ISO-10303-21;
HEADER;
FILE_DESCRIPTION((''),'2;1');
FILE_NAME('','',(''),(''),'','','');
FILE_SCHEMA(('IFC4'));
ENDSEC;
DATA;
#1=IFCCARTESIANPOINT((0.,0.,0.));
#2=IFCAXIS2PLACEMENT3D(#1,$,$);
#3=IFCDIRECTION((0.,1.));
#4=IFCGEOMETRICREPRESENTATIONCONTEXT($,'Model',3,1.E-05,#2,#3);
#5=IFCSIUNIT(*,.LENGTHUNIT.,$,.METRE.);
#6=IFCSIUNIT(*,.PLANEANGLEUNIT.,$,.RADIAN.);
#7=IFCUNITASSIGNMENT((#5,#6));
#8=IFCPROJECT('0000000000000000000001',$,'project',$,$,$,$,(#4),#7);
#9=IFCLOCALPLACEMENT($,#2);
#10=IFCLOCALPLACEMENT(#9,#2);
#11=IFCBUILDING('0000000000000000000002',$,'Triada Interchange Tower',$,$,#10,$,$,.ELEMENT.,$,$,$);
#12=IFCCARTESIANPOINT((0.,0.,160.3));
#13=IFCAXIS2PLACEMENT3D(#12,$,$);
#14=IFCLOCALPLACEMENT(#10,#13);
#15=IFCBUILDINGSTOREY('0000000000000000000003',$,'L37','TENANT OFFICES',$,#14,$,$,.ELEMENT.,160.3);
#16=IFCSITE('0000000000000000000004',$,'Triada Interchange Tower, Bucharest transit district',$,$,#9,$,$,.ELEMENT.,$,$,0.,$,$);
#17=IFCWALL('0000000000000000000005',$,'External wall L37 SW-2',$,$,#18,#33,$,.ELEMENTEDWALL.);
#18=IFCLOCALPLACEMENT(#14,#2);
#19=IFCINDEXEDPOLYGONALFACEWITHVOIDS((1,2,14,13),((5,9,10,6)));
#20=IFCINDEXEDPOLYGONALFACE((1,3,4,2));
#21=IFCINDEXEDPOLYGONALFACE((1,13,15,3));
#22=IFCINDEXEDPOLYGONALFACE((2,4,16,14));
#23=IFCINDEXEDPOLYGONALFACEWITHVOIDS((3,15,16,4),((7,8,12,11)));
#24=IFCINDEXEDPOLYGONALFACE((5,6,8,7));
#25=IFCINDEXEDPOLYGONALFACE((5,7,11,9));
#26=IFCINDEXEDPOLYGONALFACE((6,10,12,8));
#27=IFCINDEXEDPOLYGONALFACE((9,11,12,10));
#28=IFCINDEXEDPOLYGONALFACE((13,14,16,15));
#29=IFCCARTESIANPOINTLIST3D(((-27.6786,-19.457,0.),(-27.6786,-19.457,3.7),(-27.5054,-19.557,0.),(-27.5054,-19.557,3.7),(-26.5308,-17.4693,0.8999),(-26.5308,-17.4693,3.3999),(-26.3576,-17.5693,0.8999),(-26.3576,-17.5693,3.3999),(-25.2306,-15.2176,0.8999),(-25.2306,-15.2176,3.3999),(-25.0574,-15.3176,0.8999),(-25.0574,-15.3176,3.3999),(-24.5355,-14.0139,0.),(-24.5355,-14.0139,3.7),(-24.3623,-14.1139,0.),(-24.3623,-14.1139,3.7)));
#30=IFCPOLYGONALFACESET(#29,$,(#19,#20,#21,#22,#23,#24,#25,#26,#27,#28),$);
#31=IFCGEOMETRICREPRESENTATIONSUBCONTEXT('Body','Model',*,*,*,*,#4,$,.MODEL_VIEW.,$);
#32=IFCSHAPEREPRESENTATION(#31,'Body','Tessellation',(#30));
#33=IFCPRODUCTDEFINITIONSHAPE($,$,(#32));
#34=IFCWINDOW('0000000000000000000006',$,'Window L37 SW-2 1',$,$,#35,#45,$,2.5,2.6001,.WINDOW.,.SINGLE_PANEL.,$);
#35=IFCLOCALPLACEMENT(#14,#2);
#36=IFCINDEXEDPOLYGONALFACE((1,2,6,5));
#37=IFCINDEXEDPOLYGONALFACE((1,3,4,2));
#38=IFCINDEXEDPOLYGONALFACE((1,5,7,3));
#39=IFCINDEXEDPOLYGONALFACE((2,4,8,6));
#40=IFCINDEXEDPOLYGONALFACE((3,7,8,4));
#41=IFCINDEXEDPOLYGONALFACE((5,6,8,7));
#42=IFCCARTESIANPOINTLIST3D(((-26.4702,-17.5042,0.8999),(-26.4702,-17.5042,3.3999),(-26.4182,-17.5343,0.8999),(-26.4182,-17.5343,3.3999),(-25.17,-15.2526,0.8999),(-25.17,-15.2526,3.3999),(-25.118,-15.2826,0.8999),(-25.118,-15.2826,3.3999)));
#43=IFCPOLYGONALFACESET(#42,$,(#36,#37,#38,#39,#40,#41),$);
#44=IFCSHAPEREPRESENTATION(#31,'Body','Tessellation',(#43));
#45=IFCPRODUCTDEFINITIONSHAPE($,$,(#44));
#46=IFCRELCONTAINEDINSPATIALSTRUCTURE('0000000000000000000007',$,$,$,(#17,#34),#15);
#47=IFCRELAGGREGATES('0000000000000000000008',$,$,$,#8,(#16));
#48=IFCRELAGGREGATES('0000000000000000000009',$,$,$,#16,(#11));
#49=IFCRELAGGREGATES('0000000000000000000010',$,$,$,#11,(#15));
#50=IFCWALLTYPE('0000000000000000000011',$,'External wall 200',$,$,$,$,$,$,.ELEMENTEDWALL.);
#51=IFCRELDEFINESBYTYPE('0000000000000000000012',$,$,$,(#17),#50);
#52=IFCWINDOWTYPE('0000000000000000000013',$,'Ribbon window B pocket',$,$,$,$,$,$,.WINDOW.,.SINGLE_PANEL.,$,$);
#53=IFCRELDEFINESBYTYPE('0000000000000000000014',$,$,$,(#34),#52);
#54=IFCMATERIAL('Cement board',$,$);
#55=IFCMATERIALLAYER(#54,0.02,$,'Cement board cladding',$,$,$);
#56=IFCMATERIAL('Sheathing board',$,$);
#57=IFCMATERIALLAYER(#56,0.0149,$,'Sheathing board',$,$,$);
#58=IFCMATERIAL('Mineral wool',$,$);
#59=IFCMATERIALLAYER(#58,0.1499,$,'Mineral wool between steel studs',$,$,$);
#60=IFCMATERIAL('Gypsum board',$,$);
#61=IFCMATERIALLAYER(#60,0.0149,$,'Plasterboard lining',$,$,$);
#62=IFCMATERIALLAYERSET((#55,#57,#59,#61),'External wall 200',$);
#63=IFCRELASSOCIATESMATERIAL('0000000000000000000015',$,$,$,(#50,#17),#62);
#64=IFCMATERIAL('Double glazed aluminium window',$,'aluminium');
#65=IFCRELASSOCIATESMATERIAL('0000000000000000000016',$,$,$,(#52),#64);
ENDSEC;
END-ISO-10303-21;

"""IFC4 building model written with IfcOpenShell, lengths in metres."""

from ifc_helpers import new_model, si_unit, direction, frame, frame_2d, origin, place, context, subcontext, project, spatial, rectangle, extrude, material, layer, layer_set, layer_usage, type_object, element, fill, save


model = new_model("IFC4")

# Units and contexts
model_context = context("Model", 3, precision=1e-05, world=origin(), true_north=direction((0.0, 1.0)))
body_context = subcontext(model_context, "Body", "Model", "MODEL_VIEW")
ifc_project = project(units=[si_unit("LENGTHUNIT", "METRE"), si_unit("PLANEANGLEUNIT", "RADIAN")], contexts=[model_context])

# Site, building, storey
site_placement = place(None, origin())
site = spatial("IfcSite", under=ifc_project, at=site_placement, Name="Triada Interchange Tower, Bucharest transit district", CompositionType="ELEMENT", RefElevation=0.0)
building_placement = place(site_placement, origin())
building = spatial("IfcBuilding", under=site, at=building_placement, Name="Triada Interchange Tower", CompositionType="ELEMENT")
storey_placement = place(building_placement, frame((0.0, 0.0, 160.3)))
storey = spatial("IfcBuildingStorey", under=building, at=storey_placement, Name="L37", Description="TENANT OFFICES", CompositionType="ELEMENT", Elevation=160.3)

# Wall, opening, window
ifc_material_1 = material(Name="Cement board")
ifc_layer_1 = layer(ifc_material_1, 0.02, Name="Cement board cladding")
ifc_material_2 = material(Name="Sheathing board")
ifc_layer_2 = layer(ifc_material_2, 0.0149, Name="Sheathing board")
ifc_material_3 = material(Name="Mineral wool")
ifc_layer_3 = layer(ifc_material_3, 0.1499, Name="Mineral wool between steel studs")
ifc_material_4 = material(Name="Gypsum board")
ifc_layer_4 = layer(ifc_material_4, 0.0149, Name="Plasterboard lining")
ifc_layer_set_1 = layer_set([ifc_layer_1, ifc_layer_2, ifc_layer_3, ifc_layer_4], Name="External wall 200")
ifc_layer_usage = layer_usage(ifc_layer_set_1, "AXIS2", "POSITIVE", -0.1001)
wall_type_1 = type_object("IfcWallType", Name="External wall 200", PredefinedType="ELEMENTEDWALL", material=ifc_layer_set_1)
ifc_material_5 = material(Name="Double glazed aluminium window", Category="aluminium")
window_type_1 = type_object("IfcWindowType", Name="Ribbon window B pocket", PartitioningType="SINGLE_PANEL", PredefinedType="WINDOW", material=ifc_material_5)
wall_1_placement = place(storey_placement, frame((-24.449, -14.064, 0.0), z_axis=(0.0, 0.0, 1.0), x_axis=(-0.500058, -0.865992, 0.0)))
wall_1 = element("IfcWall", 1, at=wall_1_placement, inside=storey, type_object=wall_type_1, material=ifc_layer_usage, Name="External wall L37 SW-2", PredefinedType="ELEMENTEDWALL", context=body_context, shape_type="SweptSolid", body=[
    extrude(rectangle(XDim=6.2854, YDim=0.2, at=frame_2d((3.1426, 0.0))), origin(), (0.0, 0.0, 1.0), 3.7),
])
opening_1_placement = place(wall_1_placement, frame((1.3899, 0.0, 0.8999)))
opening_1 = element("IfcOpeningElement", 2, at=opening_1_placement, cuts=wall_1, PredefinedType="OPENING", context=body_context, shape_type="SweptSolid", body=[
    extrude(rectangle(XDim=2.6001, YDim=2.5, at=frame_2d((1.3, 1.25))), frame((0.0, 0.1099, 0.0), z_axis=(0.0, -1.0, 0.0), x_axis=(1.0, 0.0, 0.0)), (0.0, 0.0, 1.0), 0.22),
])
window_1_placement = place(opening_1_placement, origin())
window_1 = element("IfcWindow", 3, at=window_1_placement, inside=storey, type_object=window_type_1, Name="Window L37 SW-2 1", OverallHeight=2.5, OverallWidth=2.6001, PartitioningType="SINGLE_PANEL", PredefinedType="WINDOW", context=body_context, shape_type="SweptSolid", body=[
    extrude(rectangle(XDim=2.6001, YDim=2.5, at=frame_2d((1.3, 1.25))), frame((0.0, 0.03, 0.0), z_axis=(0.0, -1.0, 0.0), x_axis=(1.0, 0.0, 0.0)), (0.0, 0.0, 1.0), 0.0601),
])
fill(opening_1, window_1)

save(model, "model.ifc")
